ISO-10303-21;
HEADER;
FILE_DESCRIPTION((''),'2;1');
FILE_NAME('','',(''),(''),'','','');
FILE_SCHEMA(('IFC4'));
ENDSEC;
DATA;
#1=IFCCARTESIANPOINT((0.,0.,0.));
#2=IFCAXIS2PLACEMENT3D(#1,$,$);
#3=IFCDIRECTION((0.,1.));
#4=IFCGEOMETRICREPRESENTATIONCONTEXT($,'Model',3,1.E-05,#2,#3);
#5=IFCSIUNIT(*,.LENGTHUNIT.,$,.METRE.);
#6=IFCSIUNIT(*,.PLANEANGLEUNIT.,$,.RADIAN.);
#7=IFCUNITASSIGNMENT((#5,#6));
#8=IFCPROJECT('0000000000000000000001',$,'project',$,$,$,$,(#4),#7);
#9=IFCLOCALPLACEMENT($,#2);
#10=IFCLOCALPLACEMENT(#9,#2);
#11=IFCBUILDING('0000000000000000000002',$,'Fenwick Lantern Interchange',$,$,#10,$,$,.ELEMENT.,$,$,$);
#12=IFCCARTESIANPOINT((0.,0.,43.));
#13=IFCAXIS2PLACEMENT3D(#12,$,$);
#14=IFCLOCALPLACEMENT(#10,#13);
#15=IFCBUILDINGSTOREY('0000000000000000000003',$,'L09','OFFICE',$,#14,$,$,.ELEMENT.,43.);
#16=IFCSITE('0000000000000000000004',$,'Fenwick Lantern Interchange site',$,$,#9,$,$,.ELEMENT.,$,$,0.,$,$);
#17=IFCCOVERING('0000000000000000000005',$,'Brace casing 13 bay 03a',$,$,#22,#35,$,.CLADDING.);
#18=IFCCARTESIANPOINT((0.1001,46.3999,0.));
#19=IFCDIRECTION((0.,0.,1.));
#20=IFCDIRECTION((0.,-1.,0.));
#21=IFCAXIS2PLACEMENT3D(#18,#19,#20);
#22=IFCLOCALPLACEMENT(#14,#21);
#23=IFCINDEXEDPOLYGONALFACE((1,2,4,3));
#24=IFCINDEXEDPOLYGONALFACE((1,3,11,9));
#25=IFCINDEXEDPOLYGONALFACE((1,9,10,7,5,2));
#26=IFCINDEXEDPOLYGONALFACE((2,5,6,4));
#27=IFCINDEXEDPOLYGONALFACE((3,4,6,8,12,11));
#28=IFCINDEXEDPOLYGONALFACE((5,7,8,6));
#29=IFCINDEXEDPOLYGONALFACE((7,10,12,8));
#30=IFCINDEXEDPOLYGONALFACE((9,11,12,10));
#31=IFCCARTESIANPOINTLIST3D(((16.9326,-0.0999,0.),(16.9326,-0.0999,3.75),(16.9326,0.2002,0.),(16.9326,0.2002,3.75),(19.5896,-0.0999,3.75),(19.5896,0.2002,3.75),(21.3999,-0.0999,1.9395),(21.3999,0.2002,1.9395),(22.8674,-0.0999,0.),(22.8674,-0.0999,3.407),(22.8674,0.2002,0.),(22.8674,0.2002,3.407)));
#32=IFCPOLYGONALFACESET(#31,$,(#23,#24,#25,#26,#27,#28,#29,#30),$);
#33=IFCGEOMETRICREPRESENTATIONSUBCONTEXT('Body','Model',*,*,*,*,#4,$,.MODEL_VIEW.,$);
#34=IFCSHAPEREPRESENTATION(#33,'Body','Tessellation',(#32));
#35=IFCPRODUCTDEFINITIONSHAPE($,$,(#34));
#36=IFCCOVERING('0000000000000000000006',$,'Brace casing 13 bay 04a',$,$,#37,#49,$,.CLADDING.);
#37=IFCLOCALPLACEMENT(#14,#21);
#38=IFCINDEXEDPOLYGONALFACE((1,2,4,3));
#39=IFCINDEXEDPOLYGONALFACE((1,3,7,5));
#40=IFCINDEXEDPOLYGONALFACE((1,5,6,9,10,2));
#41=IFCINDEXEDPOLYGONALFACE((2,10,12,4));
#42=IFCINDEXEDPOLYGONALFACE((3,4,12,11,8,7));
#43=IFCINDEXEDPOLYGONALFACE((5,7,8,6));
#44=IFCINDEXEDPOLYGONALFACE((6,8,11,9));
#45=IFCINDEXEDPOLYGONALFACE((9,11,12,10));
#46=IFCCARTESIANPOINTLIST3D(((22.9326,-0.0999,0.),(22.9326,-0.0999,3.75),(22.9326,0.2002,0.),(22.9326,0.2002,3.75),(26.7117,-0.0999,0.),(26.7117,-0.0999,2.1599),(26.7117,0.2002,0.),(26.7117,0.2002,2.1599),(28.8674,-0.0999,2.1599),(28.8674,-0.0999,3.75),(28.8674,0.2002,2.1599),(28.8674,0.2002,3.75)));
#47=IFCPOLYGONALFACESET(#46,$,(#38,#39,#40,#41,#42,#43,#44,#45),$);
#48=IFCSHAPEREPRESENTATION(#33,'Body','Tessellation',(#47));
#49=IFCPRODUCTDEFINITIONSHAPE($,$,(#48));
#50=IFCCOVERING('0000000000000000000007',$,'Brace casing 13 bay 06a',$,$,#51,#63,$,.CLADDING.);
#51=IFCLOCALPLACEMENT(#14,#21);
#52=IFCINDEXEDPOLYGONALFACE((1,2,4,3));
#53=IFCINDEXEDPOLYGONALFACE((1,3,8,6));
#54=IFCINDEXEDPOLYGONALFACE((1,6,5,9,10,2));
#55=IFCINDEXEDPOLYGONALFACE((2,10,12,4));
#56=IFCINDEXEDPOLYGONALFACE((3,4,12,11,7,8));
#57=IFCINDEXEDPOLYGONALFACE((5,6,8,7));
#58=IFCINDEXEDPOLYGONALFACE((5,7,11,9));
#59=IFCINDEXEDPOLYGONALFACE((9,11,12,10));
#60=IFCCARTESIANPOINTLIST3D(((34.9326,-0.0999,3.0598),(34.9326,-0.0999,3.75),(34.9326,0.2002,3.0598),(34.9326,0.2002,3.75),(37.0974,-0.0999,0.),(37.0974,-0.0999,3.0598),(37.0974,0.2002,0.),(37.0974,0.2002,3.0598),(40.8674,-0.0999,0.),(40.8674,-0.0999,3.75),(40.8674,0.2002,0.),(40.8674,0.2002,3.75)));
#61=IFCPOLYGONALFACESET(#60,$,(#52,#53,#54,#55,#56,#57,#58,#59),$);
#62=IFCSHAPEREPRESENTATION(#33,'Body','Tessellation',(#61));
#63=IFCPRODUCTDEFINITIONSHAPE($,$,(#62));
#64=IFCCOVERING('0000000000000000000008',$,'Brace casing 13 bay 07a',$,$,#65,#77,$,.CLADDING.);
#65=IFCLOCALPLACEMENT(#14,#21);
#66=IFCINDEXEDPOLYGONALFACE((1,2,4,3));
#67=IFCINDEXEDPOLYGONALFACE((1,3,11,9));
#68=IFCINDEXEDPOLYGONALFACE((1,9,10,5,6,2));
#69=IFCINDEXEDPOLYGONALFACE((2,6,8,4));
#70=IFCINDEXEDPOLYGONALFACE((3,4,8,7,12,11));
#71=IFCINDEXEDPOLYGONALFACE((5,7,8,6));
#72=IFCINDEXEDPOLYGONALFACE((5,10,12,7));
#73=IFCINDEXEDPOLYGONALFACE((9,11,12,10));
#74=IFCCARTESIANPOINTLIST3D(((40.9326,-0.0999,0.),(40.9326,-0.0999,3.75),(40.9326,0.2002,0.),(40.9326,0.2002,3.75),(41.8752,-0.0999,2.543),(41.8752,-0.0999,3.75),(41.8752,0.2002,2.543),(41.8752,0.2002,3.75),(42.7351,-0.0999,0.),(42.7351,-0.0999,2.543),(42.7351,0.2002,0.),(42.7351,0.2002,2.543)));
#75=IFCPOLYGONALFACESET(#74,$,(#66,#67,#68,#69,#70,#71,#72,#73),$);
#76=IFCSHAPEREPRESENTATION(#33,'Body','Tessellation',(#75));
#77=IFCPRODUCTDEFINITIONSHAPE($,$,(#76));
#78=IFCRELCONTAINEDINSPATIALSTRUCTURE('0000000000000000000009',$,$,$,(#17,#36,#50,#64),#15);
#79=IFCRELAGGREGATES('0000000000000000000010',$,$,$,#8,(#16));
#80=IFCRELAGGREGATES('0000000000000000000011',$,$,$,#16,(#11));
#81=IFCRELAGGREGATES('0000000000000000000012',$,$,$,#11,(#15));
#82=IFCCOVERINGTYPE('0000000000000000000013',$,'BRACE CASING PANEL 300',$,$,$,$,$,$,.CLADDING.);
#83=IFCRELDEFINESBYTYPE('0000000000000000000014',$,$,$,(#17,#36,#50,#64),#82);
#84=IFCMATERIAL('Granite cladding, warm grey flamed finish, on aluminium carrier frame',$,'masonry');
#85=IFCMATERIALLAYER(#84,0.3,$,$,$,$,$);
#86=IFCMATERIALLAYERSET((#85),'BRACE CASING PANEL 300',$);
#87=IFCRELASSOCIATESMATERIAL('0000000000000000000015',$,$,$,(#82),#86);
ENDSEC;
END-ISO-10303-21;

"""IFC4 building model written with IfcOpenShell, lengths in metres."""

from ifc_helpers import new_model, si_unit, direction, frame, origin, place, context, subcontext, project, spatial, polyline, outline, extrude, material, layer, layer_set, type_object, element, save


model = new_model("IFC4")

# Units and contexts
model_context = context("Model", 3, precision=1e-05, world=origin(), true_north=direction((0.0, 1.0)))
body_context = subcontext(model_context, "Body", "Model", "MODEL_VIEW")
ifc_project = project(units=[si_unit("LENGTHUNIT", "METRE"), si_unit("PLANEANGLEUNIT", "RADIAN")], contexts=[model_context])

# Site, building, storey
site_placement = place(None, origin())
site = spatial("IfcSite", under=ifc_project, at=site_placement, Name="Fenwick Lantern Interchange site", CompositionType="ELEMENT", RefElevation=0.0)
building_placement = place(site_placement, origin())
building = spatial("IfcBuilding", under=site, at=building_placement, Name="Fenwick Lantern Interchange", CompositionType="ELEMENT")
storey_placement = place(building_placement, frame((0.0, 0.0, 43.0)))
storey = spatial("IfcBuildingStorey", under=building, at=storey_placement, Name="L09", Description="OFFICE", CompositionType="ELEMENT", Elevation=43.0)

# Coverings
ifc_material_1 = material(Name="Granite cladding, warm grey flamed finish, on aluminium carrier frame", Category="masonry")
ifc_layer_1 = layer(ifc_material_1, 0.3)
ifc_layer_set_1 = layer_set([ifc_layer_1], Name="BRACE CASING PANEL 300")
covering_type = type_object("IfcCoveringType", Name="BRACE CASING PANEL 300", PredefinedType="CLADDING", material=ifc_layer_set_1)
covering_1_placement = place(storey_placement, frame((0.1001, 46.3999, 0.0), z_axis=(0.0, 0.0, 1.0), x_axis=(0.0, -1.0, 0.0)))
element("IfcCovering", 1, at=covering_1_placement, inside=storey, type_object=covering_type, Name="Brace casing 13 bay 03a", PredefinedType="CLADDING", context=body_context, shape_type="SweptSolid", body=[
    extrude(outline(polyline([(16.9326, 0.0), (22.8674, 0.0), (22.8674, 3.407), (21.3999, 1.9395), (19.5896, 3.75), (16.9326, 3.75), (16.9326, 0.0)])), frame((0.0, 0.2002, 0.0), z_axis=(0.0, -1.0, 0.0), x_axis=(1.0, 0.0, 0.0)), (0.0, 0.0, 1.0), 0.3),
])
covering_2_placement = place(storey_placement, frame((0.1001, 46.3999, 0.0), z_axis=(0.0, 0.0, 1.0), x_axis=(0.0, -1.0, 0.0)))
element("IfcCovering", 2, at=covering_2_placement, inside=storey, type_object=covering_type, Name="Brace casing 13 bay 04a", PredefinedType="CLADDING", context=body_context, shape_type="SweptSolid", body=[
    extrude(outline(polyline([(22.9326, 0.0), (26.7117, 0.0), (26.7117, 2.1599), (28.8674, 2.1599), (28.8674, 3.75), (22.9326, 3.75), (22.9326, 0.0)])), frame((0.0, 0.2002, 0.0), z_axis=(0.0, -1.0, 0.0), x_axis=(1.0, 0.0, 0.0)), (0.0, 0.0, 1.0), 0.3),
])
covering_3_placement = place(storey_placement, frame((0.1001, 46.3999, 0.0), z_axis=(0.0, 0.0, 1.0), x_axis=(0.0, -1.0, 0.0)))
element("IfcCovering", 3, at=covering_3_placement, inside=storey, type_object=covering_type, Name="Brace casing 13 bay 06a", PredefinedType="CLADDING", context=body_context, shape_type="SweptSolid", body=[
    extrude(outline(polyline([(37.0974, 0.0), (40.8674, 0.0), (40.8674, 3.75), (34.9326, 3.75), (34.9326, 3.0598), (37.0974, 3.0598), (37.0974, 0.0)])), frame((0.0, 0.2002, 0.0), z_axis=(0.0, -1.0, 0.0), x_axis=(1.0, 0.0, 0.0)), (0.0, 0.0, 1.0), 0.3),
])
covering_4_placement = place(storey_placement, frame((0.1001, 46.3999, 0.0), z_axis=(0.0, 0.0, 1.0), x_axis=(0.0, -1.0, 0.0)))
element("IfcCovering", 4, at=covering_4_placement, inside=storey, type_object=covering_type, Name="Brace casing 13 bay 07a", PredefinedType="CLADDING", context=body_context, shape_type="SweptSolid", body=[
    extrude(outline(polyline([(40.9326, 0.0), (42.7351, 0.0), (42.7351, 2.543), (41.8752, 2.543), (41.8752, 3.75), (40.9326, 3.75), (40.9326, 0.0)])), frame((0.0, 0.2002, 0.0), z_axis=(0.0, -1.0, 0.0), x_axis=(1.0, 0.0, 0.0)), (0.0, 0.0, 1.0), 0.3),
])

save(model, "model.ifc")
